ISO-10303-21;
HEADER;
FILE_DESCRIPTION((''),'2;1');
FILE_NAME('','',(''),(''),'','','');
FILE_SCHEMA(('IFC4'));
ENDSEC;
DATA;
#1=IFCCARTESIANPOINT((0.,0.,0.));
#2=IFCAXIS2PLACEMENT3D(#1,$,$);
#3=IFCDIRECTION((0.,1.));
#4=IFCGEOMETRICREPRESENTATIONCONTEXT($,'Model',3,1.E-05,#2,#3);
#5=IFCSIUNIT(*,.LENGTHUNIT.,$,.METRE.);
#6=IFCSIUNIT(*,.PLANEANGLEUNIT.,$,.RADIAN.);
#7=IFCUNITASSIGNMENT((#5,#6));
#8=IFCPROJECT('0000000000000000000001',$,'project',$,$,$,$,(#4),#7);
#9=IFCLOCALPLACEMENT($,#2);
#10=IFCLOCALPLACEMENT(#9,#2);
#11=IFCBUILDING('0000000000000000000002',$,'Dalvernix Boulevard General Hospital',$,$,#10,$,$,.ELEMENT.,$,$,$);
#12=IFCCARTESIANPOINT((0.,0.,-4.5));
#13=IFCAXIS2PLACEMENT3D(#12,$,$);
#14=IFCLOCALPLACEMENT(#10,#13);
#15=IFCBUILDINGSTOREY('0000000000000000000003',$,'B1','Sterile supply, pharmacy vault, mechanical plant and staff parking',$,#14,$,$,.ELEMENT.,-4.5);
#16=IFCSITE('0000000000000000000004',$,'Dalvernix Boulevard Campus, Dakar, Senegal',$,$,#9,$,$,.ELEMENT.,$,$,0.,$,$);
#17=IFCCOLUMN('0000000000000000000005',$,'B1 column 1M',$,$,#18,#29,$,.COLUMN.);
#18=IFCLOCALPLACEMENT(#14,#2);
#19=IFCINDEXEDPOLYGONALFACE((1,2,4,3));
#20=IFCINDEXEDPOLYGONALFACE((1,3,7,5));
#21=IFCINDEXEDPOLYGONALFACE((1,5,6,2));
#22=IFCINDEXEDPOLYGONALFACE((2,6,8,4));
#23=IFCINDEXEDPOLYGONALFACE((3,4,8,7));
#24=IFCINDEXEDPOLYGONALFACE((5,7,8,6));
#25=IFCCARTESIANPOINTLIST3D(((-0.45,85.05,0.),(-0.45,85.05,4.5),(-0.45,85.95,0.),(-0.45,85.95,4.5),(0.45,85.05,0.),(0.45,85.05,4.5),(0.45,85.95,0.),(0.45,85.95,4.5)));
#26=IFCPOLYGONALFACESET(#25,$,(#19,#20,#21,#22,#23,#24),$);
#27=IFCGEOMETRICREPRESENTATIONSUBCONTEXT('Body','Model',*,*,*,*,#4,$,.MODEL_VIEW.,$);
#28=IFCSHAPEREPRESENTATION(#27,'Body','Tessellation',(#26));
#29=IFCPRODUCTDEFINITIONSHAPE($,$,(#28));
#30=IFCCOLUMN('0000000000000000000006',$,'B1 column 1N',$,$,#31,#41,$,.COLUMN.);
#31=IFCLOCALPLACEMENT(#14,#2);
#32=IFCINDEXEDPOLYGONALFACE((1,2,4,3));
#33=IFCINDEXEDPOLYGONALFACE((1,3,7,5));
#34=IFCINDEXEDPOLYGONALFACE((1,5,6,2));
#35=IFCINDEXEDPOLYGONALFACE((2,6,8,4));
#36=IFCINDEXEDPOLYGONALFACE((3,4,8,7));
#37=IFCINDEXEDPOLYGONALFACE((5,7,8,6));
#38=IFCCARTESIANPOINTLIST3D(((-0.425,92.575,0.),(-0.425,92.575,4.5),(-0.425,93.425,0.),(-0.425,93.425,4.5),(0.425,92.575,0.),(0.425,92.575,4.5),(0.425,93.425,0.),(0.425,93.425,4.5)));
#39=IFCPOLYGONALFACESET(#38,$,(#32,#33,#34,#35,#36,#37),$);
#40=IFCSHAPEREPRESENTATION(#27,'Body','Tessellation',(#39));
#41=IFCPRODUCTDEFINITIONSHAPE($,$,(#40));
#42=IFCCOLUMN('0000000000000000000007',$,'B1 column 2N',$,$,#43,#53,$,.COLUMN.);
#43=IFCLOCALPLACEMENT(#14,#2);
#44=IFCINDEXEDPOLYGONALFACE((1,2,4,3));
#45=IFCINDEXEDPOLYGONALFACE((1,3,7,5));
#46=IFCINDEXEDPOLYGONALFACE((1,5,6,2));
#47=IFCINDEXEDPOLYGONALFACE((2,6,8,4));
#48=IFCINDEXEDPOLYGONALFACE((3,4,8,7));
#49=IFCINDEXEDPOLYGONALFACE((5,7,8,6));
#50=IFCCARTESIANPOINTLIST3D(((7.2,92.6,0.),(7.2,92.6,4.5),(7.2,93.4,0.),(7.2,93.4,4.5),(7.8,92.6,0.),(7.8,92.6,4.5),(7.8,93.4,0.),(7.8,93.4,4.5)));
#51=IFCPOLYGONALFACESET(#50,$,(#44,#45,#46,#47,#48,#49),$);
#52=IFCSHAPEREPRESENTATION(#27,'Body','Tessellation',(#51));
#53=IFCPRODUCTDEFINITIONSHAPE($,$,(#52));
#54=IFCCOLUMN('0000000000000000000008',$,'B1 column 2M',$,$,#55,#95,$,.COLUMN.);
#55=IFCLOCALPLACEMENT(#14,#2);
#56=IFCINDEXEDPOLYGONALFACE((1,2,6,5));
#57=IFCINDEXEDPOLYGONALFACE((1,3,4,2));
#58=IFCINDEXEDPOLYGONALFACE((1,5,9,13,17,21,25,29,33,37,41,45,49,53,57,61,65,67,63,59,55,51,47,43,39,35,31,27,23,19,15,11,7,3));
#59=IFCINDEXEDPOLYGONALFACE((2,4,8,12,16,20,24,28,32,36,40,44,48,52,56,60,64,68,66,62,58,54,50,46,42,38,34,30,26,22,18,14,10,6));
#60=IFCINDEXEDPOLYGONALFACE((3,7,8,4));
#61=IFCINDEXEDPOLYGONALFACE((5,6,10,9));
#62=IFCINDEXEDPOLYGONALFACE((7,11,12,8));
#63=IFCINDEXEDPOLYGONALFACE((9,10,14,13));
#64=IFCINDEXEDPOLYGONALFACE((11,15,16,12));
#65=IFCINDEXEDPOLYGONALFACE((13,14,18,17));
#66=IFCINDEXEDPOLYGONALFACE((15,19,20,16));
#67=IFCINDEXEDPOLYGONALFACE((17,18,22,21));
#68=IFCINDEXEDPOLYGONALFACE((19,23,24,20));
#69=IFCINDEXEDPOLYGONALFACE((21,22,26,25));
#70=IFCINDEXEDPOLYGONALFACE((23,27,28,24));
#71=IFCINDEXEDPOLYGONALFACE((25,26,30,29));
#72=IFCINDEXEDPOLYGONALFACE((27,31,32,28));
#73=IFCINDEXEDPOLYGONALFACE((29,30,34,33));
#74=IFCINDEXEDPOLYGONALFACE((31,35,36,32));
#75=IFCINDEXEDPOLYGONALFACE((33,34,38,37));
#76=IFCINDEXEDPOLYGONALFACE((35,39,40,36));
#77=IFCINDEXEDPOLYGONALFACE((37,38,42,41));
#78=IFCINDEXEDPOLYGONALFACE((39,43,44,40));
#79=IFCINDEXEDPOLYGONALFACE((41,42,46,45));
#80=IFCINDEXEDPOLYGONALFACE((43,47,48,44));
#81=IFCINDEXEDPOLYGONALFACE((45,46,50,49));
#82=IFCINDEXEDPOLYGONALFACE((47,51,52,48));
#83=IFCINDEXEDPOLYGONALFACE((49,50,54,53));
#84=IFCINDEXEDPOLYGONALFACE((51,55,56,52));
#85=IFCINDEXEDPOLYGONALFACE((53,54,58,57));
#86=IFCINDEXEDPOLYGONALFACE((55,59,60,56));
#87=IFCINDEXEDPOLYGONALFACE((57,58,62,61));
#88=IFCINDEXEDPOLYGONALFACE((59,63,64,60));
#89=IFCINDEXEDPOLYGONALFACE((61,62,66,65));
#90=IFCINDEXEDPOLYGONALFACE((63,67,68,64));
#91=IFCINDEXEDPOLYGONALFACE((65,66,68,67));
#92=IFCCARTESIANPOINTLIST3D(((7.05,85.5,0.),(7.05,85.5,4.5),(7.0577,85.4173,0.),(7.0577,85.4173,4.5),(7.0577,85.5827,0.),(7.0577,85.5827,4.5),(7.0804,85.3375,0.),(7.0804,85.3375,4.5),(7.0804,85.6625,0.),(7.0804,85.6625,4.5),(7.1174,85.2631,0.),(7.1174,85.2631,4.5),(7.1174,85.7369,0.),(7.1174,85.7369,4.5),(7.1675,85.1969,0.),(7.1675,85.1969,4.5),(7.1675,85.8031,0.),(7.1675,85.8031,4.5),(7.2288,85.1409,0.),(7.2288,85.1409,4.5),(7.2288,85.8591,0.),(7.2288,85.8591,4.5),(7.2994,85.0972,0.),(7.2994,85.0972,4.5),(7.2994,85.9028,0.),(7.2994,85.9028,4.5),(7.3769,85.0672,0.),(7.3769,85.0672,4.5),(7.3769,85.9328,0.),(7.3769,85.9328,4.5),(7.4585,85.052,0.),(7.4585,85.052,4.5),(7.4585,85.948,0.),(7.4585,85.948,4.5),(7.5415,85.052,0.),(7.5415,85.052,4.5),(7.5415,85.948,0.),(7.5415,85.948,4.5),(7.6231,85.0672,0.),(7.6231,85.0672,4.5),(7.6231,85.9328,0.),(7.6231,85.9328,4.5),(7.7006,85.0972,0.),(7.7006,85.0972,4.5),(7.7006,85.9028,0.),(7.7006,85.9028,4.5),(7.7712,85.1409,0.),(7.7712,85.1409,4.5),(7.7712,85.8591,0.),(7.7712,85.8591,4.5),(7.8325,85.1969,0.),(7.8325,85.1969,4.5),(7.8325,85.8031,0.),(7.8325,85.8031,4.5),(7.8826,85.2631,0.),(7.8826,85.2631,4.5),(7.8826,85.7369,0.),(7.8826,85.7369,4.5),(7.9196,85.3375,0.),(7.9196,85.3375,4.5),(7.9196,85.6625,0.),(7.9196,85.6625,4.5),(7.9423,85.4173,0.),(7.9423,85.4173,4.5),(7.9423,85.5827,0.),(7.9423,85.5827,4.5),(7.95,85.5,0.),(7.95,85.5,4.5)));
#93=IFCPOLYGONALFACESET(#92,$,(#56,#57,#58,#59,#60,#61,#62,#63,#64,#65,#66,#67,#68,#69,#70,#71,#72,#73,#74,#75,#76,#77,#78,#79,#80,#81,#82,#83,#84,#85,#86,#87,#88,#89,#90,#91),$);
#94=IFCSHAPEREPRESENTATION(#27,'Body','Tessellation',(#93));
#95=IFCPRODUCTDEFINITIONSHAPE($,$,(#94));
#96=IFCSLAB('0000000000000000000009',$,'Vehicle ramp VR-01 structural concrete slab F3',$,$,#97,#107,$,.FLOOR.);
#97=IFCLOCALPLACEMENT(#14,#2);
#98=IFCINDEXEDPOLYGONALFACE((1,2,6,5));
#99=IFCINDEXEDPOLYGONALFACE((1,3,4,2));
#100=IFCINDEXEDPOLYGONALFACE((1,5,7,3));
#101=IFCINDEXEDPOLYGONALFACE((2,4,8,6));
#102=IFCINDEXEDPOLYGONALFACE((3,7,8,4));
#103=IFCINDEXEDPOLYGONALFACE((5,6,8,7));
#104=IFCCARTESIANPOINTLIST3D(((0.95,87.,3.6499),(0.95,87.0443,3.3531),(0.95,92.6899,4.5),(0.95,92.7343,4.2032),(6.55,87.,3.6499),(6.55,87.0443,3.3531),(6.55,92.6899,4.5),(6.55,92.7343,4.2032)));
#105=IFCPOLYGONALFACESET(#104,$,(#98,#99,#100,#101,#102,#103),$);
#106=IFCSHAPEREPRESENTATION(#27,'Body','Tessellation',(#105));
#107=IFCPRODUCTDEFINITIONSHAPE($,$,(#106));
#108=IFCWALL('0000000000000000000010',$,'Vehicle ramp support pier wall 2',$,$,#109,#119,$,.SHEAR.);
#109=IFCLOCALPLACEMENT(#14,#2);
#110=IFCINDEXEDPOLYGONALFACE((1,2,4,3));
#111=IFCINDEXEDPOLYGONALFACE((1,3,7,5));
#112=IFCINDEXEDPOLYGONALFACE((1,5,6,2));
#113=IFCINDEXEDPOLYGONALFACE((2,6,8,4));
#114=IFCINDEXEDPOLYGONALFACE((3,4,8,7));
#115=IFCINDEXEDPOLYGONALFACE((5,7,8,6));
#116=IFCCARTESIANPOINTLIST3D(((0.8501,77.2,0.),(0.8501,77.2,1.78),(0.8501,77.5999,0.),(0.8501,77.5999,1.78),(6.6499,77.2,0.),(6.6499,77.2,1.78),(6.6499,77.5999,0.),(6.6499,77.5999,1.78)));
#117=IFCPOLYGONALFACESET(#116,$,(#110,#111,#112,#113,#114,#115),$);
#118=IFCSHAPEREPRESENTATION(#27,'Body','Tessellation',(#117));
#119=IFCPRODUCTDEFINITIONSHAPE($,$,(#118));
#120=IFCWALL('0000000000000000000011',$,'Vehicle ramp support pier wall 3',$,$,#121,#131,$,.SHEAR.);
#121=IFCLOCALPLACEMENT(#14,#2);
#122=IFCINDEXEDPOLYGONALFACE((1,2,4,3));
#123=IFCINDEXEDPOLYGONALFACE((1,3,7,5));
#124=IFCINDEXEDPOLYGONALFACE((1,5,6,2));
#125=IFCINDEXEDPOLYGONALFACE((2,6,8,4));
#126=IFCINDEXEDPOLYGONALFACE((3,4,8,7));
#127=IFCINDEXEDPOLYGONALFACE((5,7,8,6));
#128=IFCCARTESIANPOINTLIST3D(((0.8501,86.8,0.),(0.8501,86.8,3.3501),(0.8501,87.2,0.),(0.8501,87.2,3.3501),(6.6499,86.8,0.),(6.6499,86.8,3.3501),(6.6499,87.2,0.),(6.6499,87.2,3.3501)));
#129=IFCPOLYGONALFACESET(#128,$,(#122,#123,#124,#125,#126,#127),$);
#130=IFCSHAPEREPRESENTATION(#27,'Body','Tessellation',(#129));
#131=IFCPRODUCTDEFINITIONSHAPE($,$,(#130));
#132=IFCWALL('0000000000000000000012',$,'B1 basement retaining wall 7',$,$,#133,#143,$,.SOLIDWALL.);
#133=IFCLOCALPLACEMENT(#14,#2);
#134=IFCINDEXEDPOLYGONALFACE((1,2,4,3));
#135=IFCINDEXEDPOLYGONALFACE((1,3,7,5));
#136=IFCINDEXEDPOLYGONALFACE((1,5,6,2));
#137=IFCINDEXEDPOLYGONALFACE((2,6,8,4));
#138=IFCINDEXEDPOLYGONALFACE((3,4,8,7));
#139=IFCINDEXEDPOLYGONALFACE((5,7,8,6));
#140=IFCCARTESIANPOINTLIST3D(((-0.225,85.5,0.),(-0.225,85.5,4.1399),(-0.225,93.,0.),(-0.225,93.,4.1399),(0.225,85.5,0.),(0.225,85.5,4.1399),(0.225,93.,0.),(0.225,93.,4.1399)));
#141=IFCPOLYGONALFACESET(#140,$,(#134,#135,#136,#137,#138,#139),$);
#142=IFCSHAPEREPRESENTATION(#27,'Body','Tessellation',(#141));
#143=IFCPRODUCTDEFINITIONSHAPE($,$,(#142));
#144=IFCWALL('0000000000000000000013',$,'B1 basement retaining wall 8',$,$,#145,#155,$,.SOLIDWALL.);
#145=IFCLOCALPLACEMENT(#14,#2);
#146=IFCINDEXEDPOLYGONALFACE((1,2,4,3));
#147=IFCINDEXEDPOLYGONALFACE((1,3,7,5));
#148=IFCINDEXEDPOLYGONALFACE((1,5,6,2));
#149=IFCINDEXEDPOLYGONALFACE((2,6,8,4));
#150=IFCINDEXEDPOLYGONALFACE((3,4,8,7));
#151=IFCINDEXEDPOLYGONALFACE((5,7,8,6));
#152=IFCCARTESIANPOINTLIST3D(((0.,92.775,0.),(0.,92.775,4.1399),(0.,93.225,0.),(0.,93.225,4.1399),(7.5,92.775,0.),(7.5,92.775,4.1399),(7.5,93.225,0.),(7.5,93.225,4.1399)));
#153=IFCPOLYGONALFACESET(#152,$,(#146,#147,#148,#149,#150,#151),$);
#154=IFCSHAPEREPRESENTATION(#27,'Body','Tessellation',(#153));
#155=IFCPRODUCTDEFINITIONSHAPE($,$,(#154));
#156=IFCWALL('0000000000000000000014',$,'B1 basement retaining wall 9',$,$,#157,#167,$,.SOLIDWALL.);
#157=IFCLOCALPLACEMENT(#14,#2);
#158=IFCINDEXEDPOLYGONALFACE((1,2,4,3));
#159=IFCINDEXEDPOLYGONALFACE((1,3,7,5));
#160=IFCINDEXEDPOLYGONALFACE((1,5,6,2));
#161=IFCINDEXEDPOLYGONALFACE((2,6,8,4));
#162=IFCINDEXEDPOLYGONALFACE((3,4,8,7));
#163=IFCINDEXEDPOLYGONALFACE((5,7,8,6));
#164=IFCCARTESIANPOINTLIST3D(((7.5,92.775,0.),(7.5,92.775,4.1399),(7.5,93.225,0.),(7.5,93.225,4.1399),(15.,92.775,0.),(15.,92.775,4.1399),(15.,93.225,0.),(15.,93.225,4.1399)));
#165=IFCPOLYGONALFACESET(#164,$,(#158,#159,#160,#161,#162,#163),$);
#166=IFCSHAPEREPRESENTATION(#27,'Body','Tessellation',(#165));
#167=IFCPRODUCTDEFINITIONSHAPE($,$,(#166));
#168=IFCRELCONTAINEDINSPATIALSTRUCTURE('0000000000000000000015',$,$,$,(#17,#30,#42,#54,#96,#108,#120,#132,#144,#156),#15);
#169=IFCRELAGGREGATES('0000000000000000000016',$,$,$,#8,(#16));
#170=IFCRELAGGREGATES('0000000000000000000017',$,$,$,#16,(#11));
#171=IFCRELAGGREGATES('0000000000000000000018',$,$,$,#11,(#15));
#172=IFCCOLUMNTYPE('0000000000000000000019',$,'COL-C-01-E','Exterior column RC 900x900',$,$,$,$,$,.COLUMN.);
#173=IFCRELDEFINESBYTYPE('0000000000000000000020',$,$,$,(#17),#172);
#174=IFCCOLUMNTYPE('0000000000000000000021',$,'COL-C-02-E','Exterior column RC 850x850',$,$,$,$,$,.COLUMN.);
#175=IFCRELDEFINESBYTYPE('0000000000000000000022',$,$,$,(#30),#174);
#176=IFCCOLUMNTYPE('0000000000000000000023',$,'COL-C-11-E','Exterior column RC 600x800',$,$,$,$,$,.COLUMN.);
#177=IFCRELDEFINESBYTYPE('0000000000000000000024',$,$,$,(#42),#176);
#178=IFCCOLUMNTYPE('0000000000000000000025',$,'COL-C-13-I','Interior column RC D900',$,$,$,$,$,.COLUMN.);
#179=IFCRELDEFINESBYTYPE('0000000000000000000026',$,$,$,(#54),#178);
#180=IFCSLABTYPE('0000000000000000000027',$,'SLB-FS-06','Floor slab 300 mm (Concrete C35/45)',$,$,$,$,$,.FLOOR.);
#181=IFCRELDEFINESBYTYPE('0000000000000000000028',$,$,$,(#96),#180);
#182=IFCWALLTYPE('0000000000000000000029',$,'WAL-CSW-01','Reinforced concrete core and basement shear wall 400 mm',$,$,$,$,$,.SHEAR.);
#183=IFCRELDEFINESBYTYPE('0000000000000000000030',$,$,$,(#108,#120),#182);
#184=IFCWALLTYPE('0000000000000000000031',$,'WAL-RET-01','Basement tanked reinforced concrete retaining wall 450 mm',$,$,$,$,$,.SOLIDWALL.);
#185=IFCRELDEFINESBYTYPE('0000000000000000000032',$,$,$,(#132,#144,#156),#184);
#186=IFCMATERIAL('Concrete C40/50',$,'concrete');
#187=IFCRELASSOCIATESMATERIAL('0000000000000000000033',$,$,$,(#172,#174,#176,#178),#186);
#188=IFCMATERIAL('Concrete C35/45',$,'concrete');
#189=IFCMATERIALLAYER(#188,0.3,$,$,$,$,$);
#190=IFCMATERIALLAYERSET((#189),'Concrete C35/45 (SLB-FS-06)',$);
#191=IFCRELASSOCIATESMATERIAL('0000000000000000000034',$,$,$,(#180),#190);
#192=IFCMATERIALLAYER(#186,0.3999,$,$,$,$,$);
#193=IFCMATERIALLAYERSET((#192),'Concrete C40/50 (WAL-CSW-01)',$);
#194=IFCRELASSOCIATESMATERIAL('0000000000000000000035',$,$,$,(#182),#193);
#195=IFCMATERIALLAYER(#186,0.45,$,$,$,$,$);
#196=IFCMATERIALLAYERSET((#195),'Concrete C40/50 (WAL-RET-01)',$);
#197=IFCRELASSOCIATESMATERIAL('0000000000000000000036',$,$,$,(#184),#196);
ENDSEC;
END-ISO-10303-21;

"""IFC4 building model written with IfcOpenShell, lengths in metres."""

from ifc_helpers import new_model, si_unit, direction, frame, frame_2d, origin, origin_2d, place, context, subcontext, project, spatial, polyline, rectangle, circle, outline, extrude, material, layer, layer_set, material_profile, profile_set, type_object, element, save


model = new_model("IFC4")

# Units and contexts
model_context = context("Model", 3, precision=1e-05, world=origin(), true_north=direction((0.0, 1.0)))
body_context = subcontext(model_context, "Body", "Model", "MODEL_VIEW")
ifc_project = project(units=[si_unit("LENGTHUNIT", "METRE"), si_unit("PLANEANGLEUNIT", "RADIAN")], contexts=[model_context])

# Site, building, storey
site_placement = place(None, origin())
site = spatial("IfcSite", under=ifc_project, at=site_placement, Name="Dalvernix Boulevard Campus, Dakar, Senegal", CompositionType="ELEMENT", RefElevation=0.0)
building_placement = place(site_placement, origin())
building = spatial("IfcBuilding", under=site, at=building_placement, Name="Dalvernix Boulevard General Hospital", CompositionType="ELEMENT")
storey_placement = place(building_placement, frame((0.0, 0.0, -4.5)))
storey = spatial("IfcBuildingStorey", under=building, at=storey_placement, Name="B1", Description="Sterile supply, pharmacy vault, mechanical plant and staff parking", CompositionType="ELEMENT", Elevation=-4.5)

# Shared definitions
ifc_material_1 = material(Name="Concrete C35/45", Category="concrete")
ifc_material_2 = material(Name="Concrete C40/50", Category="concrete")

# Columns
ifc_material_profile_1 = material_profile(ifc_material_2, rectangle(XDim=0.8999, YDim=0.8999, at=origin_2d()), Name="RC 900x900")
ifc_profile_set_1 = profile_set([ifc_material_profile_1], Name="Concrete C40/50")
column_type_1 = type_object("IfcColumnType", Name="COL-C-01-E", Description="Exterior column RC 900x900", PredefinedType="COLUMN", material=ifc_profile_set_1)
column_1_placement = place(storey_placement, frame((0.0, 85.5, 0.0), z_axis=(0.0, 0.0, 1.0), x_axis=(1.0, 0.0, 0.0)))
element("IfcColumn", 1, at=column_1_placement, inside=storey, type_object=column_type_1, Name="B1 column 1M", PredefinedType="COLUMN", context=body_context, shape_type="SweptSolid", body=[
    extrude(rectangle(XDim=0.8999, YDim=0.8999, at=origin_2d()), origin(), (0.0, 0.0, 1.0), 4.5),
])
ifc_material_profile_2 = material_profile(ifc_material_2, rectangle(XDim=0.8501, YDim=0.8501, at=origin_2d()), Name="RC 850x850")
ifc_profile_set_2 = profile_set([ifc_material_profile_2], Name="Concrete C40/50")
column_type_2 = type_object("IfcColumnType", Name="COL-C-02-E", Description="Exterior column RC 850x850", PredefinedType="COLUMN", material=ifc_profile_set_2)
column_2_placement = place(storey_placement, frame((0.0, 93.0, 0.0), z_axis=(0.0, 0.0, 1.0), x_axis=(1.0, 0.0, 0.0)))
element("IfcColumn", 2, at=column_2_placement, inside=storey, type_object=column_type_2, Name="B1 column 1N", PredefinedType="COLUMN", context=body_context, shape_type="SweptSolid", body=[
    extrude(rectangle(XDim=0.8501, YDim=0.8501, at=origin_2d()), origin(), (0.0, 0.0, 1.0), 4.5),
])
ifc_material_profile_3 = material_profile(ifc_material_2, rectangle(XDim=0.6001, YDim=0.8, at=origin_2d()), Name="RC 600x800")
ifc_profile_set_3 = profile_set([ifc_material_profile_3], Name="Concrete C40/50")
column_type_3 = type_object("IfcColumnType", Name="COL-C-11-E", Description="Exterior column RC 600x800", PredefinedType="COLUMN", material=ifc_profile_set_3)
column_3_placement = place(storey_placement, frame((7.5, 93.0, 0.0), z_axis=(0.0, 0.0, 1.0), x_axis=(1.0, 0.0, 0.0)))
element("IfcColumn", 3, at=column_3_placement, inside=storey, type_object=column_type_3, Name="B1 column 2N", PredefinedType="COLUMN", context=body_context, shape_type="SweptSolid", body=[
    extrude(rectangle(XDim=0.6001, YDim=0.8, at=origin_2d()), origin(), (0.0, 0.0, 1.0), 4.5),
])
ifc_material_profile_4 = material_profile(ifc_material_2, circle(Radius=0.45, at=origin_2d()), Name="RC D900")
ifc_profile_set_4 = profile_set([ifc_material_profile_4], Name="Concrete C40/50")
column_type_4 = type_object("IfcColumnType", Name="COL-C-13-I", Description="Interior column RC D900", PredefinedType="COLUMN", material=ifc_profile_set_4)
column_4_placement = place(storey_placement, frame((7.5, 85.5, 0.0), z_axis=(0.0, 0.0, 1.0), x_axis=(1.0, 0.0, 0.0)))
element("IfcColumn", 4, at=column_4_placement, inside=storey, type_object=column_type_4, Name="B1 column 2M", PredefinedType="COLUMN", context=body_context, shape_type="SweptSolid", body=[
    extrude(circle(Radius=0.45, at=origin_2d()), origin(), (0.0, 0.0, 1.0), 4.5),
])

# Slab
ifc_layer_1 = layer(ifc_material_1, 0.3)
ifc_layer_set_1 = layer_set([ifc_layer_1], Name="Concrete C35/45 (SLB-FS-06)")
slab_type = type_object("IfcSlabType", Name="SLB-FS-06", Description="Floor slab 300 mm (Concrete C35/45)", PredefinedType="FLOOR", material=ifc_layer_set_1)
slab_placement = place(storey_placement, frame((0.95, 87.0, 3.6499), z_axis=(0.0, -0.147764, 0.989023), x_axis=(1.0, 0.0, 0.0)))
element("IfcSlab", 5, at=slab_placement, inside=storey, type_object=slab_type, Name="Vehicle ramp VR-01 structural concrete slab F3", PredefinedType="FLOOR", context=body_context, shape_type="SweptSolid", body=[
    extrude(outline(polyline([(0.0, 0.0), (5.6001, 0.0), (5.6001, 5.7531), (0.0, 5.7531), (0.0, 0.0)])), origin(), (0.0, 0.0, -1.0), 0.3),
])

# Walls
ifc_layer_2 = layer(ifc_material_2, 0.3999)
ifc_layer_set_2 = layer_set([ifc_layer_2], Name="Concrete C40/50 (WAL-CSW-01)")
wall_type_1 = type_object("IfcWallType", Name="WAL-CSW-01", Description="Reinforced concrete core and basement shear wall 400 mm", PredefinedType="SHEAR", material=ifc_layer_set_2)
wall_1_placement = place(storey_placement, frame((0.8501, 77.3999, 0.0), z_axis=(0.0, 0.0, 1.0), x_axis=(1.0, 0.0, 0.0)))
element("IfcWall", 6, at=wall_1_placement, inside=storey, type_object=wall_type_1, Name="Vehicle ramp support pier wall 2", PredefinedType="SHEAR", context=body_context, shape_type="SweptSolid", body=[
    extrude(rectangle(XDim=5.7998, YDim=0.3999, at=frame_2d((2.8999, 0.0))), origin(), (0.0, 0.0, 1.0), 1.78),
])
wall_2_placement = place(storey_placement, frame((0.8501, 87.0, 0.0), z_axis=(0.0, 0.0, 1.0), x_axis=(1.0, 0.0, 0.0)))
element("IfcWall", 7, at=wall_2_placement, inside=storey, type_object=wall_type_1, Name="Vehicle ramp support pier wall 3", PredefinedType="SHEAR", context=body_context, shape_type="SweptSolid", body=[
    extrude(rectangle(XDim=5.7998, YDim=0.3999, at=frame_2d((2.8999, 0.0))), origin(), (0.0, 0.0, 1.0), 3.3501),
])
ifc_layer_3 = layer(ifc_material_2, 0.45)
ifc_layer_set_3 = layer_set([ifc_layer_3], Name="Concrete C40/50 (WAL-RET-01)")
wall_type_2 = type_object("IfcWallType", Name="WAL-RET-01", Description="Basement tanked reinforced concrete retaining wall 450 mm", PredefinedType="SOLIDWALL", material=ifc_layer_set_3)
for number, where, z_axis, x_axis, name in (
    (8, (0.0, 85.5, 0.0), (0.0, 0.0, 1.0), (0.0, 1.0, 0.0), "B1 basement retaining wall 7"),
    (9, (0.0, 93.0, 0.0), (0.0, 0.0, 1.0), (1.0, 0.0, 0.0), "B1 basement retaining wall 8"),
    (10, (7.5, 93.0, 0.0), (0.0, 0.0, 1.0), (1.0, 0.0, 0.0), "B1 basement retaining wall 9"),
):
    element("IfcWall", number, at=place(storey_placement, frame(where, z_axis=z_axis, x_axis=x_axis)), inside=storey, type_object=wall_type_2, Name=name, PredefinedType="SOLIDWALL", context=body_context, shape_type="SweptSolid", body=[
        extrude(rectangle(XDim=7.5, YDim=0.45, at=frame_2d((3.75, 0.0))), origin(), (0.0, 0.0, 1.0), 4.1399),
    ])

save(model, "model.ifc")
